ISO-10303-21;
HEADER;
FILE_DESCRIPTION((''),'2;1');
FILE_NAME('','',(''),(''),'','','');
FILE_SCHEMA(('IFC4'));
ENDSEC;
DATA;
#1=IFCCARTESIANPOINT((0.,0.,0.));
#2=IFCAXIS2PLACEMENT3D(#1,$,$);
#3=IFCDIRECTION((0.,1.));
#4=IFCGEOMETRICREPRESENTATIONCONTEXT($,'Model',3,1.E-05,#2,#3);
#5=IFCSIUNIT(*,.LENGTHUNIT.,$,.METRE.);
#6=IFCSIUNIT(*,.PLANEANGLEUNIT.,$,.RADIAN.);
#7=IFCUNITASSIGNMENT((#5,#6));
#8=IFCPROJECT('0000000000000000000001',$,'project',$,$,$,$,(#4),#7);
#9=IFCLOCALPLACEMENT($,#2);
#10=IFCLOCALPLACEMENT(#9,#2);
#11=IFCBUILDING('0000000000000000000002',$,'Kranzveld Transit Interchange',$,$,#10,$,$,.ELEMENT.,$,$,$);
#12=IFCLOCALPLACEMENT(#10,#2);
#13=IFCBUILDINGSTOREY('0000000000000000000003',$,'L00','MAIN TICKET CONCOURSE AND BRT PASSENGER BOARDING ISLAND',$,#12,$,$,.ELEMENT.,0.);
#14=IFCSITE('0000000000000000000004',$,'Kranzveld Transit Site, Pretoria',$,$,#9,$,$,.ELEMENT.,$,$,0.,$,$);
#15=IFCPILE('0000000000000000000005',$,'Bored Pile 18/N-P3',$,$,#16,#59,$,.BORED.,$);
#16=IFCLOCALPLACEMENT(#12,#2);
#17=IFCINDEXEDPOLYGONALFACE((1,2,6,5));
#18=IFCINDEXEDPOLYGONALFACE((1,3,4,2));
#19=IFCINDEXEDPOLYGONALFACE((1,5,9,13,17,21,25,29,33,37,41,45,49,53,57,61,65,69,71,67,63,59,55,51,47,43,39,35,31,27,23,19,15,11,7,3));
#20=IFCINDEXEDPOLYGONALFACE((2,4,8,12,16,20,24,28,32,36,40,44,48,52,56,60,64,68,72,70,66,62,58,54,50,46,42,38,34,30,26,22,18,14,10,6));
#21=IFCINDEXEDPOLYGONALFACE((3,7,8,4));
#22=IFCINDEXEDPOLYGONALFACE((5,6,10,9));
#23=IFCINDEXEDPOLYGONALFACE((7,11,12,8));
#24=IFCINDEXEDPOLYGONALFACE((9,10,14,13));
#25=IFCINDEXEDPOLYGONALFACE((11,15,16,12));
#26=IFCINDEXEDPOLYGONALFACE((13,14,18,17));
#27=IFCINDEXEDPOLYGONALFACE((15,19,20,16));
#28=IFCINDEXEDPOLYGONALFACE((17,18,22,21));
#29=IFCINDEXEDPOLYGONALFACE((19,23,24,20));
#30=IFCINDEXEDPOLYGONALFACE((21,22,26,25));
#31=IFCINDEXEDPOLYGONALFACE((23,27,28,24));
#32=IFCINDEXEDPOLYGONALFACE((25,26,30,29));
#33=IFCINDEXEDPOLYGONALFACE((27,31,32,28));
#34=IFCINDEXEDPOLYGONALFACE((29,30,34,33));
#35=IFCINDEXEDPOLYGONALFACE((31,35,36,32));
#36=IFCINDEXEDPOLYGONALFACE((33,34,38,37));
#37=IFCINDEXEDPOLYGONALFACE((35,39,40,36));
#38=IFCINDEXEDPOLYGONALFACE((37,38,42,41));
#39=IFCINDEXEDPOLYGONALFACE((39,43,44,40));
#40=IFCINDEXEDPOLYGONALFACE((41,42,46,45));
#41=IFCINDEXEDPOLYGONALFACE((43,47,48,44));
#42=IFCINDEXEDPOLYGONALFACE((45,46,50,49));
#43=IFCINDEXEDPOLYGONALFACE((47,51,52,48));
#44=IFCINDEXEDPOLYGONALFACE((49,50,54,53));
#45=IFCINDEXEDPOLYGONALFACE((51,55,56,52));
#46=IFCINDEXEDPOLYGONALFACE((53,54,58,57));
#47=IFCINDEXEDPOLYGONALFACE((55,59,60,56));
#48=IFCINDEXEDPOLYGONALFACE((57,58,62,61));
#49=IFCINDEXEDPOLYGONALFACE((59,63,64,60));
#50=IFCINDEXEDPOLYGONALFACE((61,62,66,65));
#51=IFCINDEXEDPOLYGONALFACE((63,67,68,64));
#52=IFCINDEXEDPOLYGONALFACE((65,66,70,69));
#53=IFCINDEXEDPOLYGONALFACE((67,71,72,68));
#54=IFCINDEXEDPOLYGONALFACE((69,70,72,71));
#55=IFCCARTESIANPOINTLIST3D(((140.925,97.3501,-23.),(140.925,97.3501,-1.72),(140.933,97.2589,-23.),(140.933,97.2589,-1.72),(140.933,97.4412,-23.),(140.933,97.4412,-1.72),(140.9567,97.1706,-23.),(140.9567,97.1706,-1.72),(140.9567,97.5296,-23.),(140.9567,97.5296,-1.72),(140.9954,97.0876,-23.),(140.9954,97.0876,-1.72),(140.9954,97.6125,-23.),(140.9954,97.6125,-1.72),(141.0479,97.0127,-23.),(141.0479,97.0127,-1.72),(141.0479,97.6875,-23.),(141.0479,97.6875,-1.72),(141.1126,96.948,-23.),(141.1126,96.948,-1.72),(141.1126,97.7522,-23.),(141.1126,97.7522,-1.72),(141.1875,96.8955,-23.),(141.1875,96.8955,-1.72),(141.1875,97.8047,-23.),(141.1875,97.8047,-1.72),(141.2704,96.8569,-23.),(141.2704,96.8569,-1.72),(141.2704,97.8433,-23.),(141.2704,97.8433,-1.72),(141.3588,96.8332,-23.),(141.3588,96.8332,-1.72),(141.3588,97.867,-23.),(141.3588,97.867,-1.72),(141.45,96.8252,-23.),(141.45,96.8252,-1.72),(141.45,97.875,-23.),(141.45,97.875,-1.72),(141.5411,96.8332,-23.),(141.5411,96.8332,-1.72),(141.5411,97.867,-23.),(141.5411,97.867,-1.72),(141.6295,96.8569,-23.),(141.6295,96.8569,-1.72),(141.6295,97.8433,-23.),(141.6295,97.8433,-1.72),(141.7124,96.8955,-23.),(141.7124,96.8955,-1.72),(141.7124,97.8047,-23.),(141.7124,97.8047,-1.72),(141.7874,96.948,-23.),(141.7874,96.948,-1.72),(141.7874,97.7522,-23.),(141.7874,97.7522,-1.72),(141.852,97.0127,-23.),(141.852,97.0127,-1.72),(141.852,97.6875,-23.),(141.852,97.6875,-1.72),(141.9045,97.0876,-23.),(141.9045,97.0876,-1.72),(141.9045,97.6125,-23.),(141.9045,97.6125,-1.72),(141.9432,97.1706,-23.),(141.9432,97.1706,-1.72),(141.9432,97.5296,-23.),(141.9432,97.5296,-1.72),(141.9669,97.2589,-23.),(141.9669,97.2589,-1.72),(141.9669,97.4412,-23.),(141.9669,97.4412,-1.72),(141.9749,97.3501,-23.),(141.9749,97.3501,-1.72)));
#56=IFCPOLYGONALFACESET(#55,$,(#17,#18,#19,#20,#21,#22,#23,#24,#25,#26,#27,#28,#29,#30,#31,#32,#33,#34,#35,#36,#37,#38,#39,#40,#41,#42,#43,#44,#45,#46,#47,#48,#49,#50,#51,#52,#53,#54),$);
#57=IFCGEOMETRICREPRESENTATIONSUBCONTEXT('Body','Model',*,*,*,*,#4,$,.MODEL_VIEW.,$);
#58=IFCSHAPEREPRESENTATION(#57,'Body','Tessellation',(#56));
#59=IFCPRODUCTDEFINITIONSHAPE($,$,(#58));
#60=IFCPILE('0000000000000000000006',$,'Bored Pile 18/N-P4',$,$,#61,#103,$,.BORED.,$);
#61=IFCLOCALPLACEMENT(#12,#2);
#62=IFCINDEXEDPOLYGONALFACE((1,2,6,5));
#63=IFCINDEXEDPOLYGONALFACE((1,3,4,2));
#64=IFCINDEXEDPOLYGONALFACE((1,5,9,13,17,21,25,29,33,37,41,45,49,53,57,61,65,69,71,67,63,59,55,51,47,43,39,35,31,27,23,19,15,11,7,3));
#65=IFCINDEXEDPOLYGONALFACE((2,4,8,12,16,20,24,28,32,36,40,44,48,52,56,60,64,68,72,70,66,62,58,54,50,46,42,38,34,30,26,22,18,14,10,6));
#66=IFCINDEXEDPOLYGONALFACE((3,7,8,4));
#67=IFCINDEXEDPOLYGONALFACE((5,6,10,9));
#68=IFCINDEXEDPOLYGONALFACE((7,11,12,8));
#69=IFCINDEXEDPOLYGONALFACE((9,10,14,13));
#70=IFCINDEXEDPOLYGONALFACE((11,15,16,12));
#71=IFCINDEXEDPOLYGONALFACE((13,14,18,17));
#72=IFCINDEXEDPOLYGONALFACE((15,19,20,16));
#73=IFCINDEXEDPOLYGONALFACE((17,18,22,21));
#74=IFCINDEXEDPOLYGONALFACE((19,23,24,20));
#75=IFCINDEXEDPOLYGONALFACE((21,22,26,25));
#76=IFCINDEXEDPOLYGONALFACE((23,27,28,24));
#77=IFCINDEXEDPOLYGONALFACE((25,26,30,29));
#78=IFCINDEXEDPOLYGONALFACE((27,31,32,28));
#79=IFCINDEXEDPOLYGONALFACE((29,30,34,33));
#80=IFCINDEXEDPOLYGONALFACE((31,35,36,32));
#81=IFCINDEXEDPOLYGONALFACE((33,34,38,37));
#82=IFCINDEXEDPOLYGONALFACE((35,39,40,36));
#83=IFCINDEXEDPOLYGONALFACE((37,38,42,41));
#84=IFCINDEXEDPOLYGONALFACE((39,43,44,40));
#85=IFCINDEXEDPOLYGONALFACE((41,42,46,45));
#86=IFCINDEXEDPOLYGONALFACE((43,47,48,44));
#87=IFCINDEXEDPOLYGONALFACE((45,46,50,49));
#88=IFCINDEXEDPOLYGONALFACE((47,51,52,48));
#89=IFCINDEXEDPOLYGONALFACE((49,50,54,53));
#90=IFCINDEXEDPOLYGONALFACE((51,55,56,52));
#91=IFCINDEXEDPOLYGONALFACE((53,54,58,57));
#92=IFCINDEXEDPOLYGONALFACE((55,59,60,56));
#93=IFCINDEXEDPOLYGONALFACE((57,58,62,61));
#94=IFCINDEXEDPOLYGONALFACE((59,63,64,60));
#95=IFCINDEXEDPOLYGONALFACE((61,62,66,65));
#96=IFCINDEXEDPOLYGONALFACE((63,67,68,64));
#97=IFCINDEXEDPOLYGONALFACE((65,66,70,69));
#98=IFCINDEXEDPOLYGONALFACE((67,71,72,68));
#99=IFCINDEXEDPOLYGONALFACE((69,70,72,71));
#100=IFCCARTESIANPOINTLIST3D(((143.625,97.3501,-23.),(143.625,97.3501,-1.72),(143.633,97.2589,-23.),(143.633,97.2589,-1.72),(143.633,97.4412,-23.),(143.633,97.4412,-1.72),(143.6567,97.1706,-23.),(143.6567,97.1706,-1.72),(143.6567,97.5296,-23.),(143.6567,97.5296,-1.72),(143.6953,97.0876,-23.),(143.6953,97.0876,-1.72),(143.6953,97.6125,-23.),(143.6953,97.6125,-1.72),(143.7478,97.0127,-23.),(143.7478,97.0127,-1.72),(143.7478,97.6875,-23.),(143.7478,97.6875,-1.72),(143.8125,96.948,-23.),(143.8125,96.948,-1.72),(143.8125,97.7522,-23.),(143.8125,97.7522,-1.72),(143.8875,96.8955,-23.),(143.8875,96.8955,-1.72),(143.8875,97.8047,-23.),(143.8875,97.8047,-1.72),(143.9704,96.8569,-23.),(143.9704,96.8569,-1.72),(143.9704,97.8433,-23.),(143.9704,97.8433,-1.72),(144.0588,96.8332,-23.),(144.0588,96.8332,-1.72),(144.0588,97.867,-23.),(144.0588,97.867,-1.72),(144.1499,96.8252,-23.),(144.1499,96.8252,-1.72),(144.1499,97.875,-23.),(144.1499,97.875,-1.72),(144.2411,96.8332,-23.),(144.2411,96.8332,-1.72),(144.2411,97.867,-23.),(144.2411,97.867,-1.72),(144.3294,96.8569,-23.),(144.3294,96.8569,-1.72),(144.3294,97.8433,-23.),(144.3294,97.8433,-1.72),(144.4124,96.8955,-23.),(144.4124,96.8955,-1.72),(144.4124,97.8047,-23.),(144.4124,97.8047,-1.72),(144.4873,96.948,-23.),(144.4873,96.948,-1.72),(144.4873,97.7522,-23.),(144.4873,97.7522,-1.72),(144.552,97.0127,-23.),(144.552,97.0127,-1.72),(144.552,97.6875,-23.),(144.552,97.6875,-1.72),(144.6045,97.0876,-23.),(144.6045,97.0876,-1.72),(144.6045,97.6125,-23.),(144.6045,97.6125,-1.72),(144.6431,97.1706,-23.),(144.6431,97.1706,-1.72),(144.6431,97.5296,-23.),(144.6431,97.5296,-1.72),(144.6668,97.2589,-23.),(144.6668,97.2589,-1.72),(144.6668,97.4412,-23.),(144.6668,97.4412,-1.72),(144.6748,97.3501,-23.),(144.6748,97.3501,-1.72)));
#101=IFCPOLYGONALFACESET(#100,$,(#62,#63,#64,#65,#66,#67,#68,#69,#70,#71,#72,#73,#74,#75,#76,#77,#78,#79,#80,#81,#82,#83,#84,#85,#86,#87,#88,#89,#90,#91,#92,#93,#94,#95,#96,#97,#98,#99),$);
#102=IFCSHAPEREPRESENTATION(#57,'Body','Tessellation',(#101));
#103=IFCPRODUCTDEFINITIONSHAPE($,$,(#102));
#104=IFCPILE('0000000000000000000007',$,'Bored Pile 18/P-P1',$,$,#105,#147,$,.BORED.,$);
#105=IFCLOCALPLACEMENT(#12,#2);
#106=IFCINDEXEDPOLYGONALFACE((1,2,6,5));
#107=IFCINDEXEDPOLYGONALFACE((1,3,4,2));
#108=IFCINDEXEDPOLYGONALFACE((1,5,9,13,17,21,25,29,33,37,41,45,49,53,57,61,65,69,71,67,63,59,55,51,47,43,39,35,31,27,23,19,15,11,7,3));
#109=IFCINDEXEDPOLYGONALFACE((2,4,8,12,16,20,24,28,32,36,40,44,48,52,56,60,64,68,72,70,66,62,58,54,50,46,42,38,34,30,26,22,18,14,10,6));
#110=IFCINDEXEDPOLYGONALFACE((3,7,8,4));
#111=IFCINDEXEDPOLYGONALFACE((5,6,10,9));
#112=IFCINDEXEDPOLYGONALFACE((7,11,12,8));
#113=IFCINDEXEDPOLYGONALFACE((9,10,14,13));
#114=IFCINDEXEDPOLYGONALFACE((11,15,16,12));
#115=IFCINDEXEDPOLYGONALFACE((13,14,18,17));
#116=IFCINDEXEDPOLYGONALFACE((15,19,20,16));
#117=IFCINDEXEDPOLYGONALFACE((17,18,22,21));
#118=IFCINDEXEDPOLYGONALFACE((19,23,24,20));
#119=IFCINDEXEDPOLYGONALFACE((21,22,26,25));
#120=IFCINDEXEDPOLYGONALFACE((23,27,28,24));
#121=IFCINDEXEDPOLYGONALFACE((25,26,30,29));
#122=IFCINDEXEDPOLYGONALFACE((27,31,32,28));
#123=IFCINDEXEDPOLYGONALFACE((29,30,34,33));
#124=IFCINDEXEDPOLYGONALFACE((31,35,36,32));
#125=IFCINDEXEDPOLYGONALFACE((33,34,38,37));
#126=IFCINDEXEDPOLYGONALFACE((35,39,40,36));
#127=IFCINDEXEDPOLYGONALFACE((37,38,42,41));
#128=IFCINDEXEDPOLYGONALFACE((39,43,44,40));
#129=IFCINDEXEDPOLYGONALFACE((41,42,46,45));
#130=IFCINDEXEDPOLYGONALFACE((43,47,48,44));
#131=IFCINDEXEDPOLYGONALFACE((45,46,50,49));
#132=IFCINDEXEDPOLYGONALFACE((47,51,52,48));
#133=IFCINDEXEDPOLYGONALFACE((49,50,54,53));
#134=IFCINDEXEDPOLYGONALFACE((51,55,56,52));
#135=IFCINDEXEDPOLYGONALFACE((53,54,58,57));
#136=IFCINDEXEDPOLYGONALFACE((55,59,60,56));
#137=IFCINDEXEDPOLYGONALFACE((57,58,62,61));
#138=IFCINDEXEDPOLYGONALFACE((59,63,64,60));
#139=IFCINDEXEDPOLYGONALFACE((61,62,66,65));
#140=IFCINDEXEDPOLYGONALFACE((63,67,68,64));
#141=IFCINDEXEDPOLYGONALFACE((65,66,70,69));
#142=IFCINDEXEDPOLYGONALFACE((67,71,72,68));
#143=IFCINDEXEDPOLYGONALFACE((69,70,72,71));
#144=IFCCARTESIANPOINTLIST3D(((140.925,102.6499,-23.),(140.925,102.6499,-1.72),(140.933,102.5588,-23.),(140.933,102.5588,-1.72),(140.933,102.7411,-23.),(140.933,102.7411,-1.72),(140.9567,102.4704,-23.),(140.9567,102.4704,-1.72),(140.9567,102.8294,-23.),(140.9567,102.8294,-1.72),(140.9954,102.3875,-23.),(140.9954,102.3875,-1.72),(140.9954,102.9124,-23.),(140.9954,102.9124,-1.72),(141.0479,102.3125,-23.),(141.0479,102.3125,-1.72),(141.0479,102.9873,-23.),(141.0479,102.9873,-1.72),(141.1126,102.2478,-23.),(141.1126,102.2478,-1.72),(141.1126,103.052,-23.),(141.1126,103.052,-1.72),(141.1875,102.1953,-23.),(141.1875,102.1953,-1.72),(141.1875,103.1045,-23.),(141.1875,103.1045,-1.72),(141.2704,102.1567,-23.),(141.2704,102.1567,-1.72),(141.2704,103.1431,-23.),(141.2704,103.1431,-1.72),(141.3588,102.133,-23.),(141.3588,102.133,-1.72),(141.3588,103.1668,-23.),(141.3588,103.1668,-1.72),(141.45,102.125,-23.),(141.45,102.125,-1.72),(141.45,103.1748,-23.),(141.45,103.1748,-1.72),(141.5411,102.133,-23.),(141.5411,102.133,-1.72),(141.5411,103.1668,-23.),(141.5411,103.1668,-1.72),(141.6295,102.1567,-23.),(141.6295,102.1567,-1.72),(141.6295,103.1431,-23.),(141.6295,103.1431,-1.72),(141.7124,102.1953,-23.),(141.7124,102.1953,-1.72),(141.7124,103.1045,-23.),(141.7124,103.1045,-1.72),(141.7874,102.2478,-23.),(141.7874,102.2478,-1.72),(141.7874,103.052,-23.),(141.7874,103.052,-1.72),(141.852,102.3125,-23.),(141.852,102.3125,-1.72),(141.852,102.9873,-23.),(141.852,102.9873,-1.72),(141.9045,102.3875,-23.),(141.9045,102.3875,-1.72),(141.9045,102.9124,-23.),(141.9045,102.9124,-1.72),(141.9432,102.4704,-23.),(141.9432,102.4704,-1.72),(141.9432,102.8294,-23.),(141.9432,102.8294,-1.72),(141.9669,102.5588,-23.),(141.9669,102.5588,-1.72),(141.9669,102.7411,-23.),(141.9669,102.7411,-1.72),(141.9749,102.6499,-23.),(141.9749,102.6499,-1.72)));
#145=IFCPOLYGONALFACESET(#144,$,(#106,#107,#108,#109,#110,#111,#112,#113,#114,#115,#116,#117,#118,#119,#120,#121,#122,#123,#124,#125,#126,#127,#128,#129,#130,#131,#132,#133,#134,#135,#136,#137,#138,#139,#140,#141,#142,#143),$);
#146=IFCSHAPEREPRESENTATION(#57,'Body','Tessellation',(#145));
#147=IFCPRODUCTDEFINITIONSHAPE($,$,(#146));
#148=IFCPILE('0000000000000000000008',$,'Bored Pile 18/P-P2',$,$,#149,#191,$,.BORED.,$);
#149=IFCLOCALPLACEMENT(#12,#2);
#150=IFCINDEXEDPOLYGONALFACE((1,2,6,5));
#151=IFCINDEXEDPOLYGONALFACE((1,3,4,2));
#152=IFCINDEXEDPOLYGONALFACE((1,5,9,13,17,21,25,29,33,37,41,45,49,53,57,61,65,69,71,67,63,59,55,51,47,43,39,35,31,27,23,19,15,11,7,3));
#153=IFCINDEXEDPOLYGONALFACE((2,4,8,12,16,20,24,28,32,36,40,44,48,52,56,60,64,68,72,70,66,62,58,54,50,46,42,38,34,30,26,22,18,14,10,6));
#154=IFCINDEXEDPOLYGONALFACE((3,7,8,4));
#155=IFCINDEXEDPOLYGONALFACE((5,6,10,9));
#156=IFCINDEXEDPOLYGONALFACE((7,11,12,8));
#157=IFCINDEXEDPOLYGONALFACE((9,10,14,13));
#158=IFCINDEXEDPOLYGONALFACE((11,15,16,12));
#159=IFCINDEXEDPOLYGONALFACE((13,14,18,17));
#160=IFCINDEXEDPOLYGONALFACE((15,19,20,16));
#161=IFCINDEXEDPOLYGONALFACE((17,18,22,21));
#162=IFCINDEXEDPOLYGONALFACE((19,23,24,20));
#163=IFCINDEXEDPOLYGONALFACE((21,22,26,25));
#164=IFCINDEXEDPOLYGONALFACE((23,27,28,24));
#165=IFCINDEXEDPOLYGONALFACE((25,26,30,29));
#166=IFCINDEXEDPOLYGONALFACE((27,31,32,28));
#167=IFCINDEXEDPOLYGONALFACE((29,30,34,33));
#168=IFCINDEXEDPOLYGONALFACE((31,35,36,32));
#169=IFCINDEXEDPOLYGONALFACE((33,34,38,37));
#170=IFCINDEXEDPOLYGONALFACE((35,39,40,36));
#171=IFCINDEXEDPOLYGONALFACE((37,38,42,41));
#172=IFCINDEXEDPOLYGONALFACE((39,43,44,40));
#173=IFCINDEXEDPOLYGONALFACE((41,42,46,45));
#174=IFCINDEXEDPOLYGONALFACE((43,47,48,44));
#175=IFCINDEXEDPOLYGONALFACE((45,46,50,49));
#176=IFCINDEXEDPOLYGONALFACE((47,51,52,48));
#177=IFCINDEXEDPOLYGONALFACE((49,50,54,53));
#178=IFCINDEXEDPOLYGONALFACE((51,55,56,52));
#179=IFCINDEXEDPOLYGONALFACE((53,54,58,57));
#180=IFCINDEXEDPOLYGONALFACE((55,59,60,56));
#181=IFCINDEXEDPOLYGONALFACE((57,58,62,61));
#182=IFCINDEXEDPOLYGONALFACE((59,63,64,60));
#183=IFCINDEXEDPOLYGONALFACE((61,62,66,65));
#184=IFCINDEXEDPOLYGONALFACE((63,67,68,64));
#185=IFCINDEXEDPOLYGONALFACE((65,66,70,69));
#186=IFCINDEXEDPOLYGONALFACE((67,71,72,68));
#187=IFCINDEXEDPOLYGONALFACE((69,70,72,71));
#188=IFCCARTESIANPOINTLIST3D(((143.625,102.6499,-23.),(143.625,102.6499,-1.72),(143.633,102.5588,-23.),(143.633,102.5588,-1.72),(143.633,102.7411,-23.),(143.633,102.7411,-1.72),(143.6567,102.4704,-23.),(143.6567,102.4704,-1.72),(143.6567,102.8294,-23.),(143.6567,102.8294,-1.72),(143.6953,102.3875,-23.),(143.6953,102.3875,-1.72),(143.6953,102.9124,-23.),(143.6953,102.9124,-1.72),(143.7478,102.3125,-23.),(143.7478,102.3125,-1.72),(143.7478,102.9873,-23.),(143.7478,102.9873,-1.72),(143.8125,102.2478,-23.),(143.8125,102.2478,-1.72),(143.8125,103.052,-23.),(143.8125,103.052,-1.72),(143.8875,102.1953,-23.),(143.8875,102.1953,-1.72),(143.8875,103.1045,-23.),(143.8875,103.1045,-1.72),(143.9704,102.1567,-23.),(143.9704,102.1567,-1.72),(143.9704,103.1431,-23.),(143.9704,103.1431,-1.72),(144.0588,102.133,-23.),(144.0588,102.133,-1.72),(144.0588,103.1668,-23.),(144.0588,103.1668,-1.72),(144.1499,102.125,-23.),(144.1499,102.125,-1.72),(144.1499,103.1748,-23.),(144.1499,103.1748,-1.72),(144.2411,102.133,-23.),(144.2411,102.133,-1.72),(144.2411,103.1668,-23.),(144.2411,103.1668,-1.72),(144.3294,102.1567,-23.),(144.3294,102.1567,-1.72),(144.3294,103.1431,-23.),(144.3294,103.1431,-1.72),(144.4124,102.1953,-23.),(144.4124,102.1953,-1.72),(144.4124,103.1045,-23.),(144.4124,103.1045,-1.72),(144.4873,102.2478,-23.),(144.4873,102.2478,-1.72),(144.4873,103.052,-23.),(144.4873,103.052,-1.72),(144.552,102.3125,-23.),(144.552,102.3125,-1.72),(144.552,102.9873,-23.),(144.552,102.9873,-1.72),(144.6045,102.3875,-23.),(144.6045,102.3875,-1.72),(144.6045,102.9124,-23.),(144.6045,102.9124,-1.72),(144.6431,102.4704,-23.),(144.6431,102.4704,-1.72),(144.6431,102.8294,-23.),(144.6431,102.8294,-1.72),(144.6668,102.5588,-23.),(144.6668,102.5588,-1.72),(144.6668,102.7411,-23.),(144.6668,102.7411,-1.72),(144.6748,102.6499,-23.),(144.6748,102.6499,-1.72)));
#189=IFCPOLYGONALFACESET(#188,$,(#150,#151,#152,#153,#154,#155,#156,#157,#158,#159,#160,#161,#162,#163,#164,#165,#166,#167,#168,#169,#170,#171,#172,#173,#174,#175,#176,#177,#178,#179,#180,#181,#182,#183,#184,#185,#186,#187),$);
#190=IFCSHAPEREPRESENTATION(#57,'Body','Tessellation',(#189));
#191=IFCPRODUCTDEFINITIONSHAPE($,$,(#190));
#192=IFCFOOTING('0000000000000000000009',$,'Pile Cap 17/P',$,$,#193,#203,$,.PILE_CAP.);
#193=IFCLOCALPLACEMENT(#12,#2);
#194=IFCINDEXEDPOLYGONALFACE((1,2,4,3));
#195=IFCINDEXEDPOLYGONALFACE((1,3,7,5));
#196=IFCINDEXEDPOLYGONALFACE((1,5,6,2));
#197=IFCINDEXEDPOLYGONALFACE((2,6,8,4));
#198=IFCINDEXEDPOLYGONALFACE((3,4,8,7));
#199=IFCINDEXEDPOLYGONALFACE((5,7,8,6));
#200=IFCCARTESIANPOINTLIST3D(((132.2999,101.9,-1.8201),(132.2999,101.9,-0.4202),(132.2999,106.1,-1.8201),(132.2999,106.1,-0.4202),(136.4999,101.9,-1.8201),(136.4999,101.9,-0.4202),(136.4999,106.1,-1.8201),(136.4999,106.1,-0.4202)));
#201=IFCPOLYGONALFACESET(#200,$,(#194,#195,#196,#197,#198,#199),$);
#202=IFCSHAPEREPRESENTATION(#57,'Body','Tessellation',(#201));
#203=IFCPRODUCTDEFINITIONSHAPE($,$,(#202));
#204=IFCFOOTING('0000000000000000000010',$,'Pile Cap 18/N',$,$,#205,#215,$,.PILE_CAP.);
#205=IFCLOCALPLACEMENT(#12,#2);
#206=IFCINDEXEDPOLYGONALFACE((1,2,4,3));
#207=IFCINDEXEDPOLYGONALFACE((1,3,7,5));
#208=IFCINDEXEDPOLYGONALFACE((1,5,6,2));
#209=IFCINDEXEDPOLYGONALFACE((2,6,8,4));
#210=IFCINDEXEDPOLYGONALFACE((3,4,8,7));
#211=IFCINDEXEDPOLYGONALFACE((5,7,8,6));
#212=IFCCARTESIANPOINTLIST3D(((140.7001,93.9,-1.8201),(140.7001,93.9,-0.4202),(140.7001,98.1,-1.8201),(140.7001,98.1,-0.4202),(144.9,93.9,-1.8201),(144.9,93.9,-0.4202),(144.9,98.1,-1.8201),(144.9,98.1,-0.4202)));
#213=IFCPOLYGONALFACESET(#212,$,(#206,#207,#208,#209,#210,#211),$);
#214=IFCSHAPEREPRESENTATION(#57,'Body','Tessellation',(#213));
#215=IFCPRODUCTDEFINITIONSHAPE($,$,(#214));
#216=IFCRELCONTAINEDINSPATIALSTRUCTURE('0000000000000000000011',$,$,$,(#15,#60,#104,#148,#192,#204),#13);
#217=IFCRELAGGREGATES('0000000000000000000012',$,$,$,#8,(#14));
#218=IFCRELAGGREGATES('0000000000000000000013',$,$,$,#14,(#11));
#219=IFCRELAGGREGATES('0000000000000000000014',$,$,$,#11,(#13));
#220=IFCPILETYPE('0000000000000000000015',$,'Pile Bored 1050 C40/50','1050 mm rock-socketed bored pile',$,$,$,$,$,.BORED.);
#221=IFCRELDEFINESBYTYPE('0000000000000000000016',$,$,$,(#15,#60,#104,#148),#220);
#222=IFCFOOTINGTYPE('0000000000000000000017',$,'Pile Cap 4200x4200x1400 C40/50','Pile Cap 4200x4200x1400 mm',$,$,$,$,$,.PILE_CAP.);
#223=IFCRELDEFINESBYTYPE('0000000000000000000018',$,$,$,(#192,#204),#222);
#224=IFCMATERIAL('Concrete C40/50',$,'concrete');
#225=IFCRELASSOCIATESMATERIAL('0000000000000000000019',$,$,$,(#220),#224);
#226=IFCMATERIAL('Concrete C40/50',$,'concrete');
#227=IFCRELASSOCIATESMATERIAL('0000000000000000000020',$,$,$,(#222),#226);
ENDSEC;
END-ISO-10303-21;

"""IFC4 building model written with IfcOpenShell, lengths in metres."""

from ifc_helpers import new_model, si_unit, direction, frame, origin, origin_2d, place, context, subcontext, project, spatial, rectangle, circle, extrude, material, material_profile, profile_set, type_object, element, save


model = new_model("IFC4")

# Units and contexts
model_context = context("Model", 3, precision=1e-05, world=origin(), true_north=direction((0.0, 1.0)))
body_context = subcontext(model_context, "Body", "Model", "MODEL_VIEW")
ifc_project = project(units=[si_unit("LENGTHUNIT", "METRE"), si_unit("PLANEANGLEUNIT", "RADIAN")], contexts=[model_context])

# Site, building, storey
site_placement = place(None, origin())
site = spatial("IfcSite", under=ifc_project, at=site_placement, Name="Kranzveld Transit Site, Pretoria", CompositionType="ELEMENT", RefElevation=0.0)
building_placement = place(site_placement, origin())
building = spatial("IfcBuilding", under=site, at=building_placement, Name="Kranzveld Transit Interchange", CompositionType="ELEMENT")
storey_placement = place(building_placement, origin())
storey = spatial("IfcBuildingStorey", under=building, at=storey_placement, Name="L00", Description="MAIN TICKET CONCOURSE AND BRT PASSENGER BOARDING ISLAND", CompositionType="ELEMENT", Elevation=0.0)

# Piles
ifc_material_1 = material(Name="Concrete C40/50", Category="concrete")
ifc_material_profile_1 = material_profile(ifc_material_1, circle(Radius=0.5249, at=origin_2d()), Name="BORED PILE 1050")
ifc_profile_set_1 = profile_set([ifc_material_profile_1], Name="Concrete C40/50")
pile_type = type_object("IfcPileType", Name="Pile Bored 1050 C40/50", Description="1050 mm rock-socketed bored pile", PredefinedType="BORED", material=ifc_profile_set_1)
for number, where, z_axis, x_axis, name in (
    (1, (141.45, 97.3501, -1.72), (0.0, 0.0, -1.0), (1.0, 0.0, 0.0), "Bored Pile 18/N-P3"),
    (2, (144.1499, 97.3501, -1.72), (0.0, 0.0, -1.0), (1.0, 0.0, 0.0), "Bored Pile 18/N-P4"),
    (3, (141.45, 102.6499, -1.72), (0.0, 0.0, -1.0), (1.0, 0.0, 0.0), "Bored Pile 18/P-P1"),
    (4, (144.1499, 102.6499, -1.72), (0.0, 0.0, -1.0), (1.0, 0.0, 0.0), "Bored Pile 18/P-P2"),
):
    element("IfcPile", number, at=place(storey_placement, frame(where, z_axis=z_axis, x_axis=x_axis)), inside=storey, type_object=pile_type, Name=name, PredefinedType="BORED", context=body_context, shape_type="SweptSolid", body=[
        extrude(circle(Radius=0.5249, at=origin_2d()), origin(), (0.0, 0.0, 1.0), 21.28),
    ])

# Footings
ifc_material_2 = material(Name="Concrete C40/50", Category="concrete")
footing_type = type_object("IfcFootingType", Name="Pile Cap 4200x4200x1400 C40/50", Description="Pile Cap 4200x4200x1400 mm", PredefinedType="PILE_CAP", material=ifc_material_2)
for number, where, z_axis, x_axis, name in (
    (5, (134.3999, 104.0, -1.8201), (0.0, 0.0, 1.0), (1.0, 0.0, 0.0), "Pile Cap 17/P"),
    (6, (142.8, 96.0, -1.8201), (0.0, 0.0, 1.0), (1.0, 0.0, 0.0), "Pile Cap 18/N"),
):
    element("IfcFooting", number, at=place(storey_placement, frame(where, z_axis=z_axis, x_axis=x_axis)), inside=storey, type_object=footing_type, Name=name, PredefinedType="PILE_CAP", context=body_context, shape_type="SweptSolid", body=[
        extrude(rectangle(XDim=4.2, YDim=4.2, at=origin_2d()), origin(), (0.0, 0.0, 1.0), 1.3999),
    ])

save(model, "model.ifc")
